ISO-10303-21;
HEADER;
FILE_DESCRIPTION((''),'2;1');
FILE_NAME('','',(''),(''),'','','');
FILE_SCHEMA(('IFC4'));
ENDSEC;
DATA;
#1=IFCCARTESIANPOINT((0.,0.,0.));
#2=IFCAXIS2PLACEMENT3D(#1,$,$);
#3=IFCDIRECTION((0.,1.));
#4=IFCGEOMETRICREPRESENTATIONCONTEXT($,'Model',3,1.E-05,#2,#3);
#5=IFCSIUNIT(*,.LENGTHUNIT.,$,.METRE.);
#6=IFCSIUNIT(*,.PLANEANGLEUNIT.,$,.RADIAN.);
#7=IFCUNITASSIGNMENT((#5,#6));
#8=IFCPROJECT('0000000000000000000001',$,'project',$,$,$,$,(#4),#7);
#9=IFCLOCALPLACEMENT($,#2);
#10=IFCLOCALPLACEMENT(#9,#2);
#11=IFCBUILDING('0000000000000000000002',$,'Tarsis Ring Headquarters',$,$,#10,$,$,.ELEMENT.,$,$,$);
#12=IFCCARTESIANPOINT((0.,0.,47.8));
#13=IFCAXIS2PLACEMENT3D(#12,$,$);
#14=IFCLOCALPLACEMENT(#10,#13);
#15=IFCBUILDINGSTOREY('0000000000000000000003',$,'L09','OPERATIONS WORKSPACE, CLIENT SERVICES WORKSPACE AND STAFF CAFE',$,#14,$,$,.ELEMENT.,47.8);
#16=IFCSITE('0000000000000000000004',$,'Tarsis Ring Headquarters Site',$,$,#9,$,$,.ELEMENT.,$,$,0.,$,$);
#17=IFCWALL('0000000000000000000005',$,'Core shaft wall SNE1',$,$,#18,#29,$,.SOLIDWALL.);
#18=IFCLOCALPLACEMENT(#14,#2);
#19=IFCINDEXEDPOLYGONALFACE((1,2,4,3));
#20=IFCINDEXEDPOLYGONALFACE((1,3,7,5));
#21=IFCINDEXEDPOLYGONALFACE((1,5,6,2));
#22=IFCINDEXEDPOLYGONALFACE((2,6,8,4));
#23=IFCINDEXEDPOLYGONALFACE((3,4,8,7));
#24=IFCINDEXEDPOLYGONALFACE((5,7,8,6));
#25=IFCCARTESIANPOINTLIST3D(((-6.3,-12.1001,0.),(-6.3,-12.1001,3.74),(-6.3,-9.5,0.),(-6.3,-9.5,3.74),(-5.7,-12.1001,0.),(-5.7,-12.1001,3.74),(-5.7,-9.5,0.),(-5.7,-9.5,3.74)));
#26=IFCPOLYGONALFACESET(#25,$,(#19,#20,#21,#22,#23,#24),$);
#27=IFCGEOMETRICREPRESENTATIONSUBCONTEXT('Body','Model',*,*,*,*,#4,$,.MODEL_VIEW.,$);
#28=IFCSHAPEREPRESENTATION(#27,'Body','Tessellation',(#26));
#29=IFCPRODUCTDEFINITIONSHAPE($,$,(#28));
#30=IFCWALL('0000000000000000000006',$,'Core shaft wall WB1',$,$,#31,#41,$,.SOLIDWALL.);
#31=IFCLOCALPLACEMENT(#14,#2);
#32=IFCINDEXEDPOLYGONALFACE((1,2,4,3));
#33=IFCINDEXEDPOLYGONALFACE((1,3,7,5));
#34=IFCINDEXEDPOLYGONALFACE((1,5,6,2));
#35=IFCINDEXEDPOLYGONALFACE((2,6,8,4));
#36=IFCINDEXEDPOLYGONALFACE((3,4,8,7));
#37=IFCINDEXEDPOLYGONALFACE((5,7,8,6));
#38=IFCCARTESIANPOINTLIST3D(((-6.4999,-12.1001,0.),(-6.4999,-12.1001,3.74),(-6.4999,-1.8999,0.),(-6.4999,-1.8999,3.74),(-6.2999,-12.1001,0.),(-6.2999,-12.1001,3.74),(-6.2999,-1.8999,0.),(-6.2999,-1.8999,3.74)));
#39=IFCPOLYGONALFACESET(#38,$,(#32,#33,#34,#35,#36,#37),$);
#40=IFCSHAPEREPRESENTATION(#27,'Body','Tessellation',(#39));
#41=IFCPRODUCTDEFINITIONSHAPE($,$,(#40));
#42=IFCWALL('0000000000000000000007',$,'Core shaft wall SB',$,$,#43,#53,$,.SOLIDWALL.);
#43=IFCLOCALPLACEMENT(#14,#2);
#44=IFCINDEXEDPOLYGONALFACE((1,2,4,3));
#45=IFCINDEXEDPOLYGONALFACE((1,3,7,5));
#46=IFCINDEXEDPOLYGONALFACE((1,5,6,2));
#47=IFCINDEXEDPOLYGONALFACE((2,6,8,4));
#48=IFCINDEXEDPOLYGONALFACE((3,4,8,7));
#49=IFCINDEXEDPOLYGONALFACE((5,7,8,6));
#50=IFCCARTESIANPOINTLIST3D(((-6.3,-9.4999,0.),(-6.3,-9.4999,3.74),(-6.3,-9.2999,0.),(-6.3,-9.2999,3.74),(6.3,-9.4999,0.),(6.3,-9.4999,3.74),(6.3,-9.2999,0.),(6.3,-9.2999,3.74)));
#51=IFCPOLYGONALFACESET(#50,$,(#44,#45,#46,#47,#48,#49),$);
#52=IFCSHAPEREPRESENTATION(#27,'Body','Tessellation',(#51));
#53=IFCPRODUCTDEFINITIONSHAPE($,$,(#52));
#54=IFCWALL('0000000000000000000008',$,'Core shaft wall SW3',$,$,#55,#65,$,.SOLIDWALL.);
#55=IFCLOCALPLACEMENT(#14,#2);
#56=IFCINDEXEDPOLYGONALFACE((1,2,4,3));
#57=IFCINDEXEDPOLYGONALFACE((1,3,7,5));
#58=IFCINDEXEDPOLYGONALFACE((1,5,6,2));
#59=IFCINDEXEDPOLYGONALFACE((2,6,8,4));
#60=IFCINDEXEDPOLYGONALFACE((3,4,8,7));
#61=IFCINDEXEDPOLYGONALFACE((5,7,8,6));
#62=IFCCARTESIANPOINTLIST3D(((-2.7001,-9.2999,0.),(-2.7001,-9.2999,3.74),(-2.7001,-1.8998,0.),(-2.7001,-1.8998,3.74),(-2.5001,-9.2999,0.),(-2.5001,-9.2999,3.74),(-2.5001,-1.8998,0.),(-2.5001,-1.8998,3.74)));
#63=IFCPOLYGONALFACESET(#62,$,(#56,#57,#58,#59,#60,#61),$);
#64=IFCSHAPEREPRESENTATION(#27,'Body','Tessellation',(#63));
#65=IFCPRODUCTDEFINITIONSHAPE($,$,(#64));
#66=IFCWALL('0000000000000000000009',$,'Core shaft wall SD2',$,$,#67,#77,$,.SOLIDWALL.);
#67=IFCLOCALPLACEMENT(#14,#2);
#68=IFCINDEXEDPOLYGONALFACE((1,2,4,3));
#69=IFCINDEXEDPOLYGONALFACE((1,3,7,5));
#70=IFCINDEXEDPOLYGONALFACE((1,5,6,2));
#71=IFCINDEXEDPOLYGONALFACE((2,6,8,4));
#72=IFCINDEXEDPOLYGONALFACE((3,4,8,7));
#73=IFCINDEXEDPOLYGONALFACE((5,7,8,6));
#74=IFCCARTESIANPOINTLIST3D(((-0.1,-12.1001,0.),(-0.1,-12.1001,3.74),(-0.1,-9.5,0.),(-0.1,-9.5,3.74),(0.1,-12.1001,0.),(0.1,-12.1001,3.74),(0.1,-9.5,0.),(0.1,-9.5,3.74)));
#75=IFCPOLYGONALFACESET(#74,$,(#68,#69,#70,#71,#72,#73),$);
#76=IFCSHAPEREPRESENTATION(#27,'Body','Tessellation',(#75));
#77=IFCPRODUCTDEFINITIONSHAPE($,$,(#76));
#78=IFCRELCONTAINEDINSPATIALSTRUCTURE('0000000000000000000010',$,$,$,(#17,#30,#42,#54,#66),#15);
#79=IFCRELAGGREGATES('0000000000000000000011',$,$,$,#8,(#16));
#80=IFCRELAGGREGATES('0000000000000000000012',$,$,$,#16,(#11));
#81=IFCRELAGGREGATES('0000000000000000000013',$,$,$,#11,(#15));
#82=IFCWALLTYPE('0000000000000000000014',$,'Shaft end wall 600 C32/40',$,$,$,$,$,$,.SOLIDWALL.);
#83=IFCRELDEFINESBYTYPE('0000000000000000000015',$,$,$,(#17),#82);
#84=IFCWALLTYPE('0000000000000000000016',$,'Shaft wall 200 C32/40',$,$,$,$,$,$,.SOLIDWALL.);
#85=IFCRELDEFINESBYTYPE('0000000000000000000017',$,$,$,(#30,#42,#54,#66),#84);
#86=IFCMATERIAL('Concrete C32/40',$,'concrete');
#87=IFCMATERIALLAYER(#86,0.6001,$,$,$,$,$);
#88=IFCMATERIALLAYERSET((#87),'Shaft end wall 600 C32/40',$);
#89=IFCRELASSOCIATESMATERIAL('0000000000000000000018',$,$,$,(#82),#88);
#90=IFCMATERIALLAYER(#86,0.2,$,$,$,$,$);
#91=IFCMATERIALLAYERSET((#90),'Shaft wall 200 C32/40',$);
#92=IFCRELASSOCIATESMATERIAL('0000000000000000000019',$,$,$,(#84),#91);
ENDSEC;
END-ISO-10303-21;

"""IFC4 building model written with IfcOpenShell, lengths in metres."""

from ifc_helpers import new_model, si_unit, direction, frame, frame_2d, origin, place, context, subcontext, project, spatial, rectangle, extrude, material, layer, layer_set, type_object, element, save


model = new_model("IFC4")

# Units and contexts
model_context = context("Model", 3, precision=1e-05, world=origin(), true_north=direction((0.0, 1.0)))
body_context = subcontext(model_context, "Body", "Model", "MODEL_VIEW")
ifc_project = project(units=[si_unit("LENGTHUNIT", "METRE"), si_unit("PLANEANGLEUNIT", "RADIAN")], contexts=[model_context])

# Site, building, storey
site_placement = place(None, origin())
site = spatial("IfcSite", under=ifc_project, at=site_placement, Name="Tarsis Ring Headquarters Site", CompositionType="ELEMENT", RefElevation=0.0)
building_placement = place(site_placement, origin())
building = spatial("IfcBuilding", under=site, at=building_placement, Name="Tarsis Ring Headquarters", CompositionType="ELEMENT")
storey_placement = place(building_placement, frame((0.0, 0.0, 47.8)))
storey = spatial("IfcBuildingStorey", under=building, at=storey_placement, Name="L09", Description="OPERATIONS WORKSPACE, CLIENT SERVICES WORKSPACE AND STAFF CAFE", CompositionType="ELEMENT", Elevation=47.8)

# Walls
ifc_material_1 = material(Name="Concrete C32/40", Category="concrete")
ifc_layer_1 = layer(ifc_material_1, 0.6001)
ifc_layer_set_1 = layer_set([ifc_layer_1], Name="Shaft end wall 600 C32/40")
wall_type_1 = type_object("IfcWallType", Name="Shaft end wall 600 C32/40", PredefinedType="SOLIDWALL", material=ifc_layer_set_1)
wall_1_placement = place(storey_placement, frame((-6.0, -12.1001, 0.0), z_axis=(0.0, 0.0, 1.0), x_axis=(0.0, 1.0, 0.0)))
element("IfcWall", 1, at=wall_1_placement, inside=storey, type_object=wall_type_1, Name="Core shaft wall SNE1", PredefinedType="SOLIDWALL", context=body_context, shape_type="SweptSolid", body=[
    extrude(rectangle(XDim=2.6001, YDim=0.6001, at=frame_2d((1.3, 0.0))), origin(), (0.0, 0.0, 1.0), 3.74),
])
ifc_layer_2 = layer(ifc_material_1, 0.2)
ifc_layer_set_2 = layer_set([ifc_layer_2], Name="Shaft wall 200 C32/40")
wall_type_2 = type_object("IfcWallType", Name="Shaft wall 200 C32/40", PredefinedType="SOLIDWALL", material=ifc_layer_set_2)
wall_2_placement = place(storey_placement, frame((-6.3999, -12.1001, 0.0), z_axis=(0.0, 0.0, 1.0), x_axis=(0.0, 1.0, 0.0)))
element("IfcWall", 2, at=wall_2_placement, inside=storey, type_object=wall_type_2, Name="Core shaft wall WB1", PredefinedType="SOLIDWALL", context=body_context, shape_type="SweptSolid", body=[
    extrude(rectangle(XDim=10.2002, YDim=0.2, at=frame_2d((5.1001, 0.0))), origin(), (0.0, 0.0, 1.0), 3.74),
])
wall_3_placement = place(storey_placement, frame((-6.3, -9.3999, 0.0), z_axis=(0.0, 0.0, 1.0), x_axis=(1.0, 0.0, 0.0)))
element("IfcWall", 3, at=wall_3_placement, inside=storey, type_object=wall_type_2, Name="Core shaft wall SB", PredefinedType="SOLIDWALL", context=body_context, shape_type="SweptSolid", body=[
    extrude(rectangle(XDim=12.6001, YDim=0.2, at=frame_2d((6.3, 0.0))), origin(), (0.0, 0.0, 1.0), 3.74),
])
wall_4_placement = place(storey_placement, frame((-2.6001, -9.3, 0.0), z_axis=(0.0, 0.0, 1.0), x_axis=(0.0, 1.0, 0.0)))
element("IfcWall", 4, at=wall_4_placement, inside=storey, type_object=wall_type_2, Name="Core shaft wall SW3", PredefinedType="SOLIDWALL", context=body_context, shape_type="SweptSolid", body=[
    extrude(rectangle(XDim=7.4001, YDim=0.2, at=frame_2d((3.7002, 0.0))), origin(), (0.0, 0.0, 1.0), 3.74),
])
wall_5_placement = place(storey_placement, frame((0.0, -12.1001, 0.0), z_axis=(0.0, 0.0, 1.0), x_axis=(0.0, 1.0, 0.0)))
element("IfcWall", 5, at=wall_5_placement, inside=storey, type_object=wall_type_2, Name="Core shaft wall SD2", PredefinedType="SOLIDWALL", context=body_context, shape_type="SweptSolid", body=[
    extrude(rectangle(XDim=2.6001, YDim=0.2, at=frame_2d((1.3, 0.0))), origin(), (0.0, 0.0, 1.0), 3.74),
])

save(model, "model.ifc")
